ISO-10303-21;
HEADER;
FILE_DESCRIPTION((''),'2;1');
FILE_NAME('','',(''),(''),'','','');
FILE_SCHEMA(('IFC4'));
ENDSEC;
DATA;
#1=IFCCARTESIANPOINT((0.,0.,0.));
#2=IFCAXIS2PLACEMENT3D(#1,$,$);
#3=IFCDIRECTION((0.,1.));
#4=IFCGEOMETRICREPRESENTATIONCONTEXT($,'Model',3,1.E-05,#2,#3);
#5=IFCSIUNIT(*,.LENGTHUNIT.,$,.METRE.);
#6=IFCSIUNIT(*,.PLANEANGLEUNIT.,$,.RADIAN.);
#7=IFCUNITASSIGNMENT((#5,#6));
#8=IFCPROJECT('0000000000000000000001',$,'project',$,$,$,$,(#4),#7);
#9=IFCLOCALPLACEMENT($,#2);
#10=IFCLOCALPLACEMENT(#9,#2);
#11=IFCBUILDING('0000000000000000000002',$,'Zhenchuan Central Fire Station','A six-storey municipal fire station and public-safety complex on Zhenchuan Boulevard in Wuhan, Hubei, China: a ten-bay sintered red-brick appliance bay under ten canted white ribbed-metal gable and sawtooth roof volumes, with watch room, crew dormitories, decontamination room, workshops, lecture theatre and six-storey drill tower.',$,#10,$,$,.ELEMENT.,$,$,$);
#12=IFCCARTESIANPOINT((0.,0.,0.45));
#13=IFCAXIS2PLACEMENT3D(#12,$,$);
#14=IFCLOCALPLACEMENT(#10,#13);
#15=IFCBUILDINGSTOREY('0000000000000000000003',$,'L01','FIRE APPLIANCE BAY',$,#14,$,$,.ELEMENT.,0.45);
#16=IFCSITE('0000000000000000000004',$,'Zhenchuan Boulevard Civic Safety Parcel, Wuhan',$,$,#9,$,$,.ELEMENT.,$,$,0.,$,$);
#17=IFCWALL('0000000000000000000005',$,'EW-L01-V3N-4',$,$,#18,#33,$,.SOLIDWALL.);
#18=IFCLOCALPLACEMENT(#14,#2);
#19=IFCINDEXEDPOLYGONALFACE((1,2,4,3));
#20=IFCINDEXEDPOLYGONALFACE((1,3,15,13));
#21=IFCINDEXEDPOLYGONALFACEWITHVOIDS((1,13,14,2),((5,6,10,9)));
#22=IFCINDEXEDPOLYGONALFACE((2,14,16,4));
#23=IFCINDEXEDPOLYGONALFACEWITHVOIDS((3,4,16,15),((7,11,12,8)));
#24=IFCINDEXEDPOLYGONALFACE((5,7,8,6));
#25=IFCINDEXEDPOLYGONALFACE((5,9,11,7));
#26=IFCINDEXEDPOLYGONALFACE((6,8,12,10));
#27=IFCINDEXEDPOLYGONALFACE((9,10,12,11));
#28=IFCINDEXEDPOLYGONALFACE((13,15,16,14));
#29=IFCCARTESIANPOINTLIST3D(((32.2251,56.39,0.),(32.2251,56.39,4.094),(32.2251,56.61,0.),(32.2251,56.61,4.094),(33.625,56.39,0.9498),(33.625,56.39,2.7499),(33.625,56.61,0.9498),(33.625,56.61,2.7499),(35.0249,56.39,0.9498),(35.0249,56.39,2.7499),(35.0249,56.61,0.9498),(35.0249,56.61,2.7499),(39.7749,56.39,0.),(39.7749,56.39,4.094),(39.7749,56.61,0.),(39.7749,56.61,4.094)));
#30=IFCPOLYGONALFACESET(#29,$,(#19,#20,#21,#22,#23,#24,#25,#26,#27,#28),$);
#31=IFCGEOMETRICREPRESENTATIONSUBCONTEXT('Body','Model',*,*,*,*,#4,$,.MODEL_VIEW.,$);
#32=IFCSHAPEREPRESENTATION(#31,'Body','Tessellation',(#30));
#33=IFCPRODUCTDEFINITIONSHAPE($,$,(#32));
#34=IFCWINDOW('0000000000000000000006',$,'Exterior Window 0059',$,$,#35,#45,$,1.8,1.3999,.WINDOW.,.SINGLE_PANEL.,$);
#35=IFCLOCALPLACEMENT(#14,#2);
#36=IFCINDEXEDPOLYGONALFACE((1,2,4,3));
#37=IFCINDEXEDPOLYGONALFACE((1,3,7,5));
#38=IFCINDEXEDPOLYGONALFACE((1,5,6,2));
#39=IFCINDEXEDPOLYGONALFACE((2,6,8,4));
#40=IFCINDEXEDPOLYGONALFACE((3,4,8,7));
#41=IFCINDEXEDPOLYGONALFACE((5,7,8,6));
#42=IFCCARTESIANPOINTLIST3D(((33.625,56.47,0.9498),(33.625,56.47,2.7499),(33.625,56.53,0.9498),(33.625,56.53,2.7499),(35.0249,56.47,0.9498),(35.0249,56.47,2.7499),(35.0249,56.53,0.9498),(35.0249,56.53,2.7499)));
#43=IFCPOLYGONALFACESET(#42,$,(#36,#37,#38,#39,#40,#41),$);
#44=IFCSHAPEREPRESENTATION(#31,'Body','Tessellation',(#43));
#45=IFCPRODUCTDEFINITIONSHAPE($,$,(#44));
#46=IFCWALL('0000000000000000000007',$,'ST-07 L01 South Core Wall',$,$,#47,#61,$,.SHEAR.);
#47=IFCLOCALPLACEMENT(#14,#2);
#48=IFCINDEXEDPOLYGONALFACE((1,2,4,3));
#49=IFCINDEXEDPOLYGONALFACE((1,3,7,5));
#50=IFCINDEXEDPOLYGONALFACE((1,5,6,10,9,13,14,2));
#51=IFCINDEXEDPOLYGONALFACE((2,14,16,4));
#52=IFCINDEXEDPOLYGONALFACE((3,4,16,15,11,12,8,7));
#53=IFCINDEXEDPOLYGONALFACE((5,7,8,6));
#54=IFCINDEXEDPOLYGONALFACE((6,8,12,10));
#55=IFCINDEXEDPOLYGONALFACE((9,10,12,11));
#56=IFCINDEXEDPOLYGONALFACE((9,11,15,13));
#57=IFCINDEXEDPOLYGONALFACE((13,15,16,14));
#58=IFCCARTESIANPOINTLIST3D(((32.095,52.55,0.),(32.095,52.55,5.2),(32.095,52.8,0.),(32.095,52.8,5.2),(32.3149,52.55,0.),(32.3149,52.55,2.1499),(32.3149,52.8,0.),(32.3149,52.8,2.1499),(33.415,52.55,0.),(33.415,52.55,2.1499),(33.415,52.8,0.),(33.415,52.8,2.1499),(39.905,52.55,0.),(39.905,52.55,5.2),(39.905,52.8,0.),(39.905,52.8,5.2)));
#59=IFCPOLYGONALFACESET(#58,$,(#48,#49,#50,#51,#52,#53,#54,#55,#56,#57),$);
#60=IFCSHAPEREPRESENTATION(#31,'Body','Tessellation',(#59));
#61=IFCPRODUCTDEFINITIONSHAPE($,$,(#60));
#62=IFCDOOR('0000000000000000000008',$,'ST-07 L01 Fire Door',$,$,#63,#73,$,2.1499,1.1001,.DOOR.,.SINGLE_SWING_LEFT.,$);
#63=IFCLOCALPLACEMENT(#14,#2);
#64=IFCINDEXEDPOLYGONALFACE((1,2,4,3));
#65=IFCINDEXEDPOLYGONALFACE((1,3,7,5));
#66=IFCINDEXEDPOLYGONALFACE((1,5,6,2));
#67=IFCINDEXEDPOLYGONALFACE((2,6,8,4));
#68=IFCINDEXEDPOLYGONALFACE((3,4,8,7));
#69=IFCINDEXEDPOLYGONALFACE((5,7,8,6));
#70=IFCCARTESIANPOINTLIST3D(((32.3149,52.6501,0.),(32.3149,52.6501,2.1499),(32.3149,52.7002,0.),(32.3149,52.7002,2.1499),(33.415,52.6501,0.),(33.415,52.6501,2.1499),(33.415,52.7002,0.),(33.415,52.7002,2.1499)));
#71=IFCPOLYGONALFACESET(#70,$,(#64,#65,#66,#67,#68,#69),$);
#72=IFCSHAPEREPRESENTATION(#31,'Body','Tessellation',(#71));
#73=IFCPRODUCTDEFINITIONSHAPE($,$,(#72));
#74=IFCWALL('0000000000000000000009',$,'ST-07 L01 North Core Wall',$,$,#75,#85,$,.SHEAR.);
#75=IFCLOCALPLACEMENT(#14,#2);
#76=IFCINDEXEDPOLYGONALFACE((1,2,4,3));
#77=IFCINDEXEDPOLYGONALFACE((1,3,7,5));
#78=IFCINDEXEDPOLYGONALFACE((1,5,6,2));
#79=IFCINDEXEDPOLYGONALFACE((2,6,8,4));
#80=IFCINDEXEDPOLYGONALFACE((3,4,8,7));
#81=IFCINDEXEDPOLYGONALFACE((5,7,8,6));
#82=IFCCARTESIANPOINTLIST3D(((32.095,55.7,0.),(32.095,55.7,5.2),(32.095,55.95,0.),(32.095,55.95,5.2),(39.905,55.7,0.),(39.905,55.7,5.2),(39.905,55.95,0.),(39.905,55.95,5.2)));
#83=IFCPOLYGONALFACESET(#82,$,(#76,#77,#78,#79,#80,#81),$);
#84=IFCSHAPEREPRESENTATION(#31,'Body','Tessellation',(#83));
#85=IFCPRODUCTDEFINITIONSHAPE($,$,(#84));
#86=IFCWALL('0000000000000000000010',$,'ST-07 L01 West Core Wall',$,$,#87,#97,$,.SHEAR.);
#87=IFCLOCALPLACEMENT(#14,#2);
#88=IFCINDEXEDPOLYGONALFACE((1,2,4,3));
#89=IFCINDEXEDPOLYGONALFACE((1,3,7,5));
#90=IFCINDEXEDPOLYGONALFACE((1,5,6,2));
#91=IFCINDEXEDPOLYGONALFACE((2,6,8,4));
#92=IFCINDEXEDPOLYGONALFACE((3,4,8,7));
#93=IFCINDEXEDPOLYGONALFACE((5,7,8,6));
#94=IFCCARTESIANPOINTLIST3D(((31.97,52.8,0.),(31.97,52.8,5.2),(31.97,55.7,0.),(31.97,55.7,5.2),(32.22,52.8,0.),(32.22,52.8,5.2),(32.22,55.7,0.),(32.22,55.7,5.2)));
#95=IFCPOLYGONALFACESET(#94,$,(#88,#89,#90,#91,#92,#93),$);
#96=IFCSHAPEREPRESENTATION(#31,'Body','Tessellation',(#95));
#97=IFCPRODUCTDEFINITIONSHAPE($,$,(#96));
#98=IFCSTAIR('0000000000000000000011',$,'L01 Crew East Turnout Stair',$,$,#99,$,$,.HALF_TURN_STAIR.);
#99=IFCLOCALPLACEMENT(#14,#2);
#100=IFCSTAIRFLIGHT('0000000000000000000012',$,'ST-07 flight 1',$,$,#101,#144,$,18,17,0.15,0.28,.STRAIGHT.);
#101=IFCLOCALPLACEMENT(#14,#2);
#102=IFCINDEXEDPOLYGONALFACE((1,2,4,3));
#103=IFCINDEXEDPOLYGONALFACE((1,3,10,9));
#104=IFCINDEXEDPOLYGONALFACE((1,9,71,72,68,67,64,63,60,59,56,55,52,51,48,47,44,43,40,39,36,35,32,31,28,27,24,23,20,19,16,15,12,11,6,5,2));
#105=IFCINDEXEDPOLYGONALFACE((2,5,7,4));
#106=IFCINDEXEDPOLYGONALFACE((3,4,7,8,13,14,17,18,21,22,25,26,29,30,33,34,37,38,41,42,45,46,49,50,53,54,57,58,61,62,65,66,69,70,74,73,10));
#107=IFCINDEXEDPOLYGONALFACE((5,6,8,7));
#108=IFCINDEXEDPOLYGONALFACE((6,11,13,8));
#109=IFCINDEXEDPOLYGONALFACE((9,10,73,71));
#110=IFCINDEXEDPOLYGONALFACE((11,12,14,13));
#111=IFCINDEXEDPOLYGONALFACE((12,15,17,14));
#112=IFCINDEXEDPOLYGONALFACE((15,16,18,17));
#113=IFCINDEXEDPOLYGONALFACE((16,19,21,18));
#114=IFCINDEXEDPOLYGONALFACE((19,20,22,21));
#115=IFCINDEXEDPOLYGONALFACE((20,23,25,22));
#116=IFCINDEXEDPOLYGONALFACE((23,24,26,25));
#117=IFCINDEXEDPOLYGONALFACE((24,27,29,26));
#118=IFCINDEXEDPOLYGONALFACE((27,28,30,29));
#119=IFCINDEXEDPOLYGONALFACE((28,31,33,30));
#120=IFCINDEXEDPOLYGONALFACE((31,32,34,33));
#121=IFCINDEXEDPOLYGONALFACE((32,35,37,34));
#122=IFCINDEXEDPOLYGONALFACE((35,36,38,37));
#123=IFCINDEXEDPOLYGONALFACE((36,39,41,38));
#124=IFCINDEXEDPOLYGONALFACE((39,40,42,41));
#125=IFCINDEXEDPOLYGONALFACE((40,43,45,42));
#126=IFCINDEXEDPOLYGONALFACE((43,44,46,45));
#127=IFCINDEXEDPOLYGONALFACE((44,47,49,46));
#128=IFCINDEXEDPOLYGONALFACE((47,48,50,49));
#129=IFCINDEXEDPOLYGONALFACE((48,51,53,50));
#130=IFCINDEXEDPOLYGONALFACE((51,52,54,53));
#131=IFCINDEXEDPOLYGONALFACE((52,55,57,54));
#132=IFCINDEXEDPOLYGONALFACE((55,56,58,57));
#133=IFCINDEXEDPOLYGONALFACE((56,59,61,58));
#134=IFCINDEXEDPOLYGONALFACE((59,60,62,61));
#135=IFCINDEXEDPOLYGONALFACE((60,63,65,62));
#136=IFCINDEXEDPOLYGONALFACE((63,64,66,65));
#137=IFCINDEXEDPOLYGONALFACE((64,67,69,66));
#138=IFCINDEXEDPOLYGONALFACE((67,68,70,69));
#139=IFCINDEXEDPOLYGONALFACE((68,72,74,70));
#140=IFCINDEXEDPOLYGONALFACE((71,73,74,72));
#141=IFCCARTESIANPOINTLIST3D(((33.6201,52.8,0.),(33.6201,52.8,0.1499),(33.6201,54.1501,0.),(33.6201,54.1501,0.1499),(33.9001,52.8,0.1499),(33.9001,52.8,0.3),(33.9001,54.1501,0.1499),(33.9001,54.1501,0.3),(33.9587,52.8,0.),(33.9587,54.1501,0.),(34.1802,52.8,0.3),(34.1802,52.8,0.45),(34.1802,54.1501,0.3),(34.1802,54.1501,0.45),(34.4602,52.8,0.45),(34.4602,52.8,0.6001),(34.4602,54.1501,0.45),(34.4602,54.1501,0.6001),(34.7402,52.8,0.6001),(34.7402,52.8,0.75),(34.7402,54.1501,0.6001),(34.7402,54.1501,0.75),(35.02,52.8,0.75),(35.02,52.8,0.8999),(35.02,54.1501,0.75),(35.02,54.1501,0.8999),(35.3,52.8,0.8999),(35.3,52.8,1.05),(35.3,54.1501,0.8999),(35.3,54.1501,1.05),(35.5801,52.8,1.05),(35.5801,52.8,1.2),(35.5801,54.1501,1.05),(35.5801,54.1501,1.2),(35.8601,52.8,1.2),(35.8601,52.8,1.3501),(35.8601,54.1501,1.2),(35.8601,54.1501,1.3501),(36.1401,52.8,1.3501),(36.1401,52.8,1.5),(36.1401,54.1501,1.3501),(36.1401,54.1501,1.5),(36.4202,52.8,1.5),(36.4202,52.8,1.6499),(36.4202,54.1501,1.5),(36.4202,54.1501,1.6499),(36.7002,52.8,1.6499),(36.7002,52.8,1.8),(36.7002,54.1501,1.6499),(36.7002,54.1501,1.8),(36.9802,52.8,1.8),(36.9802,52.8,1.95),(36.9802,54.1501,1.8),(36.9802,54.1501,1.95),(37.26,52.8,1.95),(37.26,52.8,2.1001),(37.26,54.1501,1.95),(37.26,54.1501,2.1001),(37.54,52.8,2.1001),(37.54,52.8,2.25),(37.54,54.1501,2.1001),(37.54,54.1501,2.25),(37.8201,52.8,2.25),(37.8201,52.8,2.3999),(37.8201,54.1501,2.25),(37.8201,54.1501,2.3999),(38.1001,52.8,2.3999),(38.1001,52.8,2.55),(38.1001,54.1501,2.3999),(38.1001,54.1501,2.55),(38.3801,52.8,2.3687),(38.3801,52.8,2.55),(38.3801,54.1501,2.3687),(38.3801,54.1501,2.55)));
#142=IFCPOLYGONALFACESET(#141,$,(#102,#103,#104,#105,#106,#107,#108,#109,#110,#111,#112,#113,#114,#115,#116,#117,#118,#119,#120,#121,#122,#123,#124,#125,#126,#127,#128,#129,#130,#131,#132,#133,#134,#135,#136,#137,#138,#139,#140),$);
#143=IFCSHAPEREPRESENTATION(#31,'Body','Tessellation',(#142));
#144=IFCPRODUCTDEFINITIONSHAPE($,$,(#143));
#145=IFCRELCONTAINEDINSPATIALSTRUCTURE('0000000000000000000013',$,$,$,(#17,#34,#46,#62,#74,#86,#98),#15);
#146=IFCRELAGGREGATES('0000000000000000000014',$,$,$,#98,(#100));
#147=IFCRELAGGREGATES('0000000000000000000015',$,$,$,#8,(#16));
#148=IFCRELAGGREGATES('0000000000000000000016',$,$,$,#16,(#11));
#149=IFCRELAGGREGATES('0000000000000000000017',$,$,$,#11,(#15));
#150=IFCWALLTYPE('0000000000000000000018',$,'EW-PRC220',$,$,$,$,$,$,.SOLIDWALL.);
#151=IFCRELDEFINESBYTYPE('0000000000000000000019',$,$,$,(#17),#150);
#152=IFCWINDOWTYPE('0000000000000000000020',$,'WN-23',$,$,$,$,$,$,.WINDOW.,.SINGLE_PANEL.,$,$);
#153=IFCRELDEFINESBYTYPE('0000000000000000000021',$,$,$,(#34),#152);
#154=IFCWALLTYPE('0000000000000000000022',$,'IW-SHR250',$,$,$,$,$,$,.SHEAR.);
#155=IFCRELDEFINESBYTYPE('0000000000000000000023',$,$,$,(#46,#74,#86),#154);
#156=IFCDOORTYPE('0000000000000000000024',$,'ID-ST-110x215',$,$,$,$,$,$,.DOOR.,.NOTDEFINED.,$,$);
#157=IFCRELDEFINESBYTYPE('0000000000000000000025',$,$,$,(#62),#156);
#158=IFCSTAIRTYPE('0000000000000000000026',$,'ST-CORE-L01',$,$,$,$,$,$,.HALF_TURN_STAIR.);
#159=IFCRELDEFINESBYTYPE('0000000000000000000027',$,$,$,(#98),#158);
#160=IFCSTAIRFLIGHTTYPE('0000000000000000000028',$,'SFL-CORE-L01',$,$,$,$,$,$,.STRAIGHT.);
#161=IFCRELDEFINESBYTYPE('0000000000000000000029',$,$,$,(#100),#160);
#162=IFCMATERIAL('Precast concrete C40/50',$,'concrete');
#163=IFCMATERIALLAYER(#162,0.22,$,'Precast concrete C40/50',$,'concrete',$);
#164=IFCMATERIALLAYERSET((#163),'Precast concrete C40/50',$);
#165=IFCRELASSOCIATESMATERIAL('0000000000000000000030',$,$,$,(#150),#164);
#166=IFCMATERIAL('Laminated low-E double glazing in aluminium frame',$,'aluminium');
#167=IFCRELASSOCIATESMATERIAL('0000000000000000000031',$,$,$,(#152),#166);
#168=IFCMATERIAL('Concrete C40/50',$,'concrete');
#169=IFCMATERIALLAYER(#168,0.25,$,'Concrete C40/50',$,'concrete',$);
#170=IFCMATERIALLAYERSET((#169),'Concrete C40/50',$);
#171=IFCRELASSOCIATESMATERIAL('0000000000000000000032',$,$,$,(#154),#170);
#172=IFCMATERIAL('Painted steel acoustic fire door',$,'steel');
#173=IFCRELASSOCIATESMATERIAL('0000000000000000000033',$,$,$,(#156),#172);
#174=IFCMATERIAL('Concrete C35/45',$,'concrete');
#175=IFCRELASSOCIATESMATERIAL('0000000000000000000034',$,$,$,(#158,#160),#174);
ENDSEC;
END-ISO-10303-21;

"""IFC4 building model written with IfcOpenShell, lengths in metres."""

from ifc_helpers import new_model, si_unit, direction, frame, frame_2d, origin, place, context, subcontext, project, spatial, polyline, rectangle, outline, extrude, material, layer, layer_set, type_object, element, fill, aggregate, save


model = new_model("IFC4")

# Units and contexts
model_context = context("Model", 3, precision=1e-05, world=origin(), true_north=direction((0.0, 1.0)))
body_context = subcontext(model_context, "Body", "Model", "MODEL_VIEW")
ifc_project = project(units=[si_unit("LENGTHUNIT", "METRE"), si_unit("PLANEANGLEUNIT", "RADIAN")], contexts=[model_context])

# Site, building, storey
site_placement = place(None, origin())
site = spatial("IfcSite", under=ifc_project, at=site_placement, Name="Zhenchuan Boulevard Civic Safety Parcel, Wuhan", CompositionType="ELEMENT", RefElevation=0.0)
building_placement = place(site_placement, origin())
building = spatial("IfcBuilding", under=site, at=building_placement, Name="Zhenchuan Central Fire Station", Description="A six-storey municipal fire station and public-safety complex on Zhenchuan Boulevard in Wuhan, Hubei, China: a ten-bay sintered red-brick appliance bay under ten canted white ribbed-metal gable and sawtooth roof volumes, with watch room, crew dormitories, decontamination room, workshops, lecture theatre and six-storey drill tower.", CompositionType="ELEMENT")
storey_placement = place(building_placement, frame((0.0, 0.0, 0.45)))
storey = spatial("IfcBuildingStorey", under=building, at=storey_placement, Name="L01", Description="FIRE APPLIANCE BAY", CompositionType="ELEMENT", Elevation=0.45)

# Shared definitions
ifc_material_1 = material(Name="Concrete C40/50", Category="concrete")

# Shared definitions
ifc_material_2 = material(Name="Concrete C35/45", Category="concrete")

# Wall, opening, window
ifc_material_3 = material(Name="Precast concrete C40/50", Category="concrete")
ifc_layer_1 = layer(ifc_material_3, 0.22, Name="Precast concrete C40/50", Category="concrete")
ifc_layer_set_1 = layer_set([ifc_layer_1], Name="Precast concrete C40/50")
wall_type_1 = type_object("IfcWallType", Name="EW-PRC220", PredefinedType="SOLIDWALL", material=ifc_layer_set_1)
wall_1_placement = place(storey_placement, frame((32.2251, 56.5, 0.0), z_axis=(0.0, 0.0, 1.0), x_axis=(1.0, 0.0, 0.0)))
wall_1 = element("IfcWall", 1, at=wall_1_placement, inside=storey, type_object=wall_type_1, Name="EW-L01-V3N-4", PredefinedType="SOLIDWALL", context=body_context, shape_type="SweptSolid", body=[
    extrude(rectangle(XDim=7.5498, YDim=0.22, at=frame_2d((3.7749, 0.0))), origin(), (0.0, 0.0, 1.0), 4.094),
])
opening_1_placement = place(wall_1_placement, frame((1.3999, 0.0, 0.95)))
opening_1 = element("IfcOpeningElement", 2, at=opening_1_placement, cuts=wall_1, PredefinedType="OPENING", context=body_context, shape_type="SweptSolid", body=[
    extrude(rectangle(XDim=1.3999, YDim=1.8, at=frame_2d((0.7, 0.8999))), frame((0.0, 0.1199, 0.0), z_axis=(0.0, -1.0, 0.0), x_axis=(1.0, 0.0, 0.0)), (0.0, 0.0, 1.0), 0.24),
])
ifc_material_4 = material(Name="Laminated low-E double glazing in aluminium frame", Category="aluminium")
window_type = type_object("IfcWindowType", Name="WN-23", PartitioningType="SINGLE_PANEL", PredefinedType="WINDOW", material=ifc_material_4)
window_placement = place(opening_1_placement, origin())
window = element("IfcWindow", 3, at=window_placement, inside=storey, type_object=window_type, Name="Exterior Window 0059", OverallHeight=1.8, OverallWidth=1.3999, PartitioningType="SINGLE_PANEL", PredefinedType="WINDOW", context=body_context, shape_type="SweptSolid", body=[
    extrude(rectangle(XDim=1.3999, YDim=1.8, at=frame_2d((0.7, 0.8999))), frame((0.0, 0.03, 0.0), z_axis=(0.0, -1.0, 0.0), x_axis=(1.0, 0.0, 0.0)), (0.0, 0.0, 1.0), 0.0601),
])
fill(opening_1, window)

# Wall, opening, door
ifc_layer_2 = layer(ifc_material_1, 0.25, Name="Concrete C40/50", Category="concrete")
ifc_layer_set_2 = layer_set([ifc_layer_2], Name="Concrete C40/50")
wall_type_2 = type_object("IfcWallType", Name="IW-SHR250", PredefinedType="SHEAR", material=ifc_layer_set_2)
wall_2_placement = place(storey_placement, frame((32.095, 52.675, 0.0), z_axis=(0.0, 0.0, 1.0), x_axis=(1.0, 0.0, 0.0)))
wall_2 = element("IfcWall", 4, at=wall_2_placement, inside=storey, type_object=wall_type_2, Name="ST-07 L01 South Core Wall", PredefinedType="SHEAR", context=body_context, shape_type="SweptSolid", body=[
    extrude(rectangle(XDim=7.8101, YDim=0.25, at=frame_2d((3.905, 0.0))), origin(), (0.0, 0.0, 1.0), 5.2),
])
opening_2_placement = place(wall_2_placement, frame((0.22, 0.0, 0.0)))
opening_2 = element("IfcOpeningElement", 5, at=opening_2_placement, cuts=wall_2, PredefinedType="OPENING", context=body_context, shape_type="SweptSolid", body=[
    extrude(rectangle(XDim=1.1001, YDim=2.1499, at=frame_2d((0.55, 1.075))), frame((0.0, 0.135, 0.0), z_axis=(0.0, -1.0, 0.0), x_axis=(1.0, 0.0, 0.0)), (0.0, 0.0, 1.0), 0.27),
])
ifc_material_5 = material(Name="Painted steel acoustic fire door", Category="steel")
door_type = type_object("IfcDoorType", Name="ID-ST-110x215", OperationType="NOTDEFINED", PredefinedType="DOOR", material=ifc_material_5)
door_placement = place(opening_2_placement, frame((1.1001, 0.0, 0.0), z_axis=(0.0, 0.0, 1.0), x_axis=(-1.0, 0.0, 0.0)))
door = element("IfcDoor", 6, at=door_placement, inside=storey, type_object=door_type, Name="ST-07 L01 Fire Door", OperationType="SINGLE_SWING_LEFT", OverallHeight=2.1499, OverallWidth=1.1001, PredefinedType="DOOR", context=body_context, shape_type="SweptSolid", body=[
    extrude(rectangle(XDim=1.1001, YDim=2.1499, at=frame_2d((0.55, 1.075))), frame((0.0, 0.0249, 0.0), z_axis=(0.0, -1.0, 0.0), x_axis=(1.0, 0.0, 0.0)), (0.0, 0.0, 1.0), 0.05),
])
fill(opening_2, door)

# Walls
wall_3_placement = place(storey_placement, frame((32.095, 55.825, 0.0), z_axis=(0.0, 0.0, 1.0), x_axis=(1.0, 0.0, 0.0)))
element("IfcWall", 7, at=wall_3_placement, inside=storey, type_object=wall_type_2, Name="ST-07 L01 North Core Wall", PredefinedType="SHEAR", context=body_context, shape_type="SweptSolid", body=[
    extrude(rectangle(XDim=7.8101, YDim=0.25, at=frame_2d((3.905, 0.0))), origin(), (0.0, 0.0, 1.0), 5.2),
])
wall_4_placement = place(storey_placement, frame((32.095, 52.8, 0.0), z_axis=(0.0, 0.0, 1.0), x_axis=(0.0, 1.0, 0.0)))
element("IfcWall", 8, at=wall_4_placement, inside=storey, type_object=wall_type_2, Name="ST-07 L01 West Core Wall", PredefinedType="SHEAR", context=body_context, shape_type="SweptSolid", body=[
    extrude(rectangle(XDim=2.8999, YDim=0.25, at=frame_2d((1.45, 0.0))), origin(), (0.0, 0.0, 1.0), 5.2),
])

# Stair, stair flight
stair_type = type_object("IfcStairType", Name="ST-CORE-L01", PredefinedType="HALF_TURN_STAIR", material=ifc_material_2)
stair_placement = place(storey_placement, origin())
stair = element("IfcStair", 9, at=stair_placement, inside=storey, type_object=stair_type, Name="L01 Crew East Turnout Stair", PredefinedType="HALF_TURN_STAIR")
stair_flight_type = type_object("IfcStairFlightType", Name="SFL-CORE-L01", PredefinedType="STRAIGHT", material=ifc_material_2)
stair_flight_1_placement = place(storey_placement, frame((33.6201, 53.4751, 0.0), z_axis=(0.0, 0.0, 1.0), x_axis=(1.0, 0.0, 0.0)))
stair_flight_1 = element("IfcStairFlight", 10, at=stair_flight_1_placement, type_object=stair_flight_type, Name="ST-07 flight 1", NumberOfRisers=18, NumberOfTreads=17, PredefinedType="STRAIGHT", RiserHeight=0.15, TreadLength=0.28, context=body_context, shape_type="SweptSolid", body=[
    extrude(outline(polyline([(0.0, 0.0), (0.0, 0.1499), (0.28, 0.1499), (0.28, 0.3), (0.5601, 0.3), (0.5601, 0.45), (0.8401, 0.45), (0.8401, 0.6001), (1.1201, 0.6001), (1.1201, 0.75), (1.3999, 0.75), (1.3999, 0.8999), (1.6799, 0.8999), (1.6799, 1.05), (1.96, 1.05), (1.96, 1.2), (2.24, 1.2), (2.24, 1.3501), (2.52, 1.3501), (2.52, 1.5), (2.8, 1.5), (2.8, 1.6499), (3.0801, 1.6499), (3.0801, 1.8), (3.3601, 1.8), (3.3601, 1.95), (3.6399, 1.95), (3.6399, 2.1001), (3.9199, 2.1001), (3.9199, 2.25), (4.2, 2.25), (4.2, 2.3999), (4.48, 2.3999), (4.48, 2.55), (4.76, 2.55), (4.76, 2.7), (4.76, 2.3687), (0.3386, 0.0), (0.0, 0.0)])), frame((0.0, 0.675, 0.0), z_axis=(0.0, -1.0, 0.0), x_axis=(1.0, 0.0, 0.0)), (0.0, 0.0, 1.0), 1.3501),
])
aggregate(stair, [stair_flight_1])

save(model, "model.ifc")
